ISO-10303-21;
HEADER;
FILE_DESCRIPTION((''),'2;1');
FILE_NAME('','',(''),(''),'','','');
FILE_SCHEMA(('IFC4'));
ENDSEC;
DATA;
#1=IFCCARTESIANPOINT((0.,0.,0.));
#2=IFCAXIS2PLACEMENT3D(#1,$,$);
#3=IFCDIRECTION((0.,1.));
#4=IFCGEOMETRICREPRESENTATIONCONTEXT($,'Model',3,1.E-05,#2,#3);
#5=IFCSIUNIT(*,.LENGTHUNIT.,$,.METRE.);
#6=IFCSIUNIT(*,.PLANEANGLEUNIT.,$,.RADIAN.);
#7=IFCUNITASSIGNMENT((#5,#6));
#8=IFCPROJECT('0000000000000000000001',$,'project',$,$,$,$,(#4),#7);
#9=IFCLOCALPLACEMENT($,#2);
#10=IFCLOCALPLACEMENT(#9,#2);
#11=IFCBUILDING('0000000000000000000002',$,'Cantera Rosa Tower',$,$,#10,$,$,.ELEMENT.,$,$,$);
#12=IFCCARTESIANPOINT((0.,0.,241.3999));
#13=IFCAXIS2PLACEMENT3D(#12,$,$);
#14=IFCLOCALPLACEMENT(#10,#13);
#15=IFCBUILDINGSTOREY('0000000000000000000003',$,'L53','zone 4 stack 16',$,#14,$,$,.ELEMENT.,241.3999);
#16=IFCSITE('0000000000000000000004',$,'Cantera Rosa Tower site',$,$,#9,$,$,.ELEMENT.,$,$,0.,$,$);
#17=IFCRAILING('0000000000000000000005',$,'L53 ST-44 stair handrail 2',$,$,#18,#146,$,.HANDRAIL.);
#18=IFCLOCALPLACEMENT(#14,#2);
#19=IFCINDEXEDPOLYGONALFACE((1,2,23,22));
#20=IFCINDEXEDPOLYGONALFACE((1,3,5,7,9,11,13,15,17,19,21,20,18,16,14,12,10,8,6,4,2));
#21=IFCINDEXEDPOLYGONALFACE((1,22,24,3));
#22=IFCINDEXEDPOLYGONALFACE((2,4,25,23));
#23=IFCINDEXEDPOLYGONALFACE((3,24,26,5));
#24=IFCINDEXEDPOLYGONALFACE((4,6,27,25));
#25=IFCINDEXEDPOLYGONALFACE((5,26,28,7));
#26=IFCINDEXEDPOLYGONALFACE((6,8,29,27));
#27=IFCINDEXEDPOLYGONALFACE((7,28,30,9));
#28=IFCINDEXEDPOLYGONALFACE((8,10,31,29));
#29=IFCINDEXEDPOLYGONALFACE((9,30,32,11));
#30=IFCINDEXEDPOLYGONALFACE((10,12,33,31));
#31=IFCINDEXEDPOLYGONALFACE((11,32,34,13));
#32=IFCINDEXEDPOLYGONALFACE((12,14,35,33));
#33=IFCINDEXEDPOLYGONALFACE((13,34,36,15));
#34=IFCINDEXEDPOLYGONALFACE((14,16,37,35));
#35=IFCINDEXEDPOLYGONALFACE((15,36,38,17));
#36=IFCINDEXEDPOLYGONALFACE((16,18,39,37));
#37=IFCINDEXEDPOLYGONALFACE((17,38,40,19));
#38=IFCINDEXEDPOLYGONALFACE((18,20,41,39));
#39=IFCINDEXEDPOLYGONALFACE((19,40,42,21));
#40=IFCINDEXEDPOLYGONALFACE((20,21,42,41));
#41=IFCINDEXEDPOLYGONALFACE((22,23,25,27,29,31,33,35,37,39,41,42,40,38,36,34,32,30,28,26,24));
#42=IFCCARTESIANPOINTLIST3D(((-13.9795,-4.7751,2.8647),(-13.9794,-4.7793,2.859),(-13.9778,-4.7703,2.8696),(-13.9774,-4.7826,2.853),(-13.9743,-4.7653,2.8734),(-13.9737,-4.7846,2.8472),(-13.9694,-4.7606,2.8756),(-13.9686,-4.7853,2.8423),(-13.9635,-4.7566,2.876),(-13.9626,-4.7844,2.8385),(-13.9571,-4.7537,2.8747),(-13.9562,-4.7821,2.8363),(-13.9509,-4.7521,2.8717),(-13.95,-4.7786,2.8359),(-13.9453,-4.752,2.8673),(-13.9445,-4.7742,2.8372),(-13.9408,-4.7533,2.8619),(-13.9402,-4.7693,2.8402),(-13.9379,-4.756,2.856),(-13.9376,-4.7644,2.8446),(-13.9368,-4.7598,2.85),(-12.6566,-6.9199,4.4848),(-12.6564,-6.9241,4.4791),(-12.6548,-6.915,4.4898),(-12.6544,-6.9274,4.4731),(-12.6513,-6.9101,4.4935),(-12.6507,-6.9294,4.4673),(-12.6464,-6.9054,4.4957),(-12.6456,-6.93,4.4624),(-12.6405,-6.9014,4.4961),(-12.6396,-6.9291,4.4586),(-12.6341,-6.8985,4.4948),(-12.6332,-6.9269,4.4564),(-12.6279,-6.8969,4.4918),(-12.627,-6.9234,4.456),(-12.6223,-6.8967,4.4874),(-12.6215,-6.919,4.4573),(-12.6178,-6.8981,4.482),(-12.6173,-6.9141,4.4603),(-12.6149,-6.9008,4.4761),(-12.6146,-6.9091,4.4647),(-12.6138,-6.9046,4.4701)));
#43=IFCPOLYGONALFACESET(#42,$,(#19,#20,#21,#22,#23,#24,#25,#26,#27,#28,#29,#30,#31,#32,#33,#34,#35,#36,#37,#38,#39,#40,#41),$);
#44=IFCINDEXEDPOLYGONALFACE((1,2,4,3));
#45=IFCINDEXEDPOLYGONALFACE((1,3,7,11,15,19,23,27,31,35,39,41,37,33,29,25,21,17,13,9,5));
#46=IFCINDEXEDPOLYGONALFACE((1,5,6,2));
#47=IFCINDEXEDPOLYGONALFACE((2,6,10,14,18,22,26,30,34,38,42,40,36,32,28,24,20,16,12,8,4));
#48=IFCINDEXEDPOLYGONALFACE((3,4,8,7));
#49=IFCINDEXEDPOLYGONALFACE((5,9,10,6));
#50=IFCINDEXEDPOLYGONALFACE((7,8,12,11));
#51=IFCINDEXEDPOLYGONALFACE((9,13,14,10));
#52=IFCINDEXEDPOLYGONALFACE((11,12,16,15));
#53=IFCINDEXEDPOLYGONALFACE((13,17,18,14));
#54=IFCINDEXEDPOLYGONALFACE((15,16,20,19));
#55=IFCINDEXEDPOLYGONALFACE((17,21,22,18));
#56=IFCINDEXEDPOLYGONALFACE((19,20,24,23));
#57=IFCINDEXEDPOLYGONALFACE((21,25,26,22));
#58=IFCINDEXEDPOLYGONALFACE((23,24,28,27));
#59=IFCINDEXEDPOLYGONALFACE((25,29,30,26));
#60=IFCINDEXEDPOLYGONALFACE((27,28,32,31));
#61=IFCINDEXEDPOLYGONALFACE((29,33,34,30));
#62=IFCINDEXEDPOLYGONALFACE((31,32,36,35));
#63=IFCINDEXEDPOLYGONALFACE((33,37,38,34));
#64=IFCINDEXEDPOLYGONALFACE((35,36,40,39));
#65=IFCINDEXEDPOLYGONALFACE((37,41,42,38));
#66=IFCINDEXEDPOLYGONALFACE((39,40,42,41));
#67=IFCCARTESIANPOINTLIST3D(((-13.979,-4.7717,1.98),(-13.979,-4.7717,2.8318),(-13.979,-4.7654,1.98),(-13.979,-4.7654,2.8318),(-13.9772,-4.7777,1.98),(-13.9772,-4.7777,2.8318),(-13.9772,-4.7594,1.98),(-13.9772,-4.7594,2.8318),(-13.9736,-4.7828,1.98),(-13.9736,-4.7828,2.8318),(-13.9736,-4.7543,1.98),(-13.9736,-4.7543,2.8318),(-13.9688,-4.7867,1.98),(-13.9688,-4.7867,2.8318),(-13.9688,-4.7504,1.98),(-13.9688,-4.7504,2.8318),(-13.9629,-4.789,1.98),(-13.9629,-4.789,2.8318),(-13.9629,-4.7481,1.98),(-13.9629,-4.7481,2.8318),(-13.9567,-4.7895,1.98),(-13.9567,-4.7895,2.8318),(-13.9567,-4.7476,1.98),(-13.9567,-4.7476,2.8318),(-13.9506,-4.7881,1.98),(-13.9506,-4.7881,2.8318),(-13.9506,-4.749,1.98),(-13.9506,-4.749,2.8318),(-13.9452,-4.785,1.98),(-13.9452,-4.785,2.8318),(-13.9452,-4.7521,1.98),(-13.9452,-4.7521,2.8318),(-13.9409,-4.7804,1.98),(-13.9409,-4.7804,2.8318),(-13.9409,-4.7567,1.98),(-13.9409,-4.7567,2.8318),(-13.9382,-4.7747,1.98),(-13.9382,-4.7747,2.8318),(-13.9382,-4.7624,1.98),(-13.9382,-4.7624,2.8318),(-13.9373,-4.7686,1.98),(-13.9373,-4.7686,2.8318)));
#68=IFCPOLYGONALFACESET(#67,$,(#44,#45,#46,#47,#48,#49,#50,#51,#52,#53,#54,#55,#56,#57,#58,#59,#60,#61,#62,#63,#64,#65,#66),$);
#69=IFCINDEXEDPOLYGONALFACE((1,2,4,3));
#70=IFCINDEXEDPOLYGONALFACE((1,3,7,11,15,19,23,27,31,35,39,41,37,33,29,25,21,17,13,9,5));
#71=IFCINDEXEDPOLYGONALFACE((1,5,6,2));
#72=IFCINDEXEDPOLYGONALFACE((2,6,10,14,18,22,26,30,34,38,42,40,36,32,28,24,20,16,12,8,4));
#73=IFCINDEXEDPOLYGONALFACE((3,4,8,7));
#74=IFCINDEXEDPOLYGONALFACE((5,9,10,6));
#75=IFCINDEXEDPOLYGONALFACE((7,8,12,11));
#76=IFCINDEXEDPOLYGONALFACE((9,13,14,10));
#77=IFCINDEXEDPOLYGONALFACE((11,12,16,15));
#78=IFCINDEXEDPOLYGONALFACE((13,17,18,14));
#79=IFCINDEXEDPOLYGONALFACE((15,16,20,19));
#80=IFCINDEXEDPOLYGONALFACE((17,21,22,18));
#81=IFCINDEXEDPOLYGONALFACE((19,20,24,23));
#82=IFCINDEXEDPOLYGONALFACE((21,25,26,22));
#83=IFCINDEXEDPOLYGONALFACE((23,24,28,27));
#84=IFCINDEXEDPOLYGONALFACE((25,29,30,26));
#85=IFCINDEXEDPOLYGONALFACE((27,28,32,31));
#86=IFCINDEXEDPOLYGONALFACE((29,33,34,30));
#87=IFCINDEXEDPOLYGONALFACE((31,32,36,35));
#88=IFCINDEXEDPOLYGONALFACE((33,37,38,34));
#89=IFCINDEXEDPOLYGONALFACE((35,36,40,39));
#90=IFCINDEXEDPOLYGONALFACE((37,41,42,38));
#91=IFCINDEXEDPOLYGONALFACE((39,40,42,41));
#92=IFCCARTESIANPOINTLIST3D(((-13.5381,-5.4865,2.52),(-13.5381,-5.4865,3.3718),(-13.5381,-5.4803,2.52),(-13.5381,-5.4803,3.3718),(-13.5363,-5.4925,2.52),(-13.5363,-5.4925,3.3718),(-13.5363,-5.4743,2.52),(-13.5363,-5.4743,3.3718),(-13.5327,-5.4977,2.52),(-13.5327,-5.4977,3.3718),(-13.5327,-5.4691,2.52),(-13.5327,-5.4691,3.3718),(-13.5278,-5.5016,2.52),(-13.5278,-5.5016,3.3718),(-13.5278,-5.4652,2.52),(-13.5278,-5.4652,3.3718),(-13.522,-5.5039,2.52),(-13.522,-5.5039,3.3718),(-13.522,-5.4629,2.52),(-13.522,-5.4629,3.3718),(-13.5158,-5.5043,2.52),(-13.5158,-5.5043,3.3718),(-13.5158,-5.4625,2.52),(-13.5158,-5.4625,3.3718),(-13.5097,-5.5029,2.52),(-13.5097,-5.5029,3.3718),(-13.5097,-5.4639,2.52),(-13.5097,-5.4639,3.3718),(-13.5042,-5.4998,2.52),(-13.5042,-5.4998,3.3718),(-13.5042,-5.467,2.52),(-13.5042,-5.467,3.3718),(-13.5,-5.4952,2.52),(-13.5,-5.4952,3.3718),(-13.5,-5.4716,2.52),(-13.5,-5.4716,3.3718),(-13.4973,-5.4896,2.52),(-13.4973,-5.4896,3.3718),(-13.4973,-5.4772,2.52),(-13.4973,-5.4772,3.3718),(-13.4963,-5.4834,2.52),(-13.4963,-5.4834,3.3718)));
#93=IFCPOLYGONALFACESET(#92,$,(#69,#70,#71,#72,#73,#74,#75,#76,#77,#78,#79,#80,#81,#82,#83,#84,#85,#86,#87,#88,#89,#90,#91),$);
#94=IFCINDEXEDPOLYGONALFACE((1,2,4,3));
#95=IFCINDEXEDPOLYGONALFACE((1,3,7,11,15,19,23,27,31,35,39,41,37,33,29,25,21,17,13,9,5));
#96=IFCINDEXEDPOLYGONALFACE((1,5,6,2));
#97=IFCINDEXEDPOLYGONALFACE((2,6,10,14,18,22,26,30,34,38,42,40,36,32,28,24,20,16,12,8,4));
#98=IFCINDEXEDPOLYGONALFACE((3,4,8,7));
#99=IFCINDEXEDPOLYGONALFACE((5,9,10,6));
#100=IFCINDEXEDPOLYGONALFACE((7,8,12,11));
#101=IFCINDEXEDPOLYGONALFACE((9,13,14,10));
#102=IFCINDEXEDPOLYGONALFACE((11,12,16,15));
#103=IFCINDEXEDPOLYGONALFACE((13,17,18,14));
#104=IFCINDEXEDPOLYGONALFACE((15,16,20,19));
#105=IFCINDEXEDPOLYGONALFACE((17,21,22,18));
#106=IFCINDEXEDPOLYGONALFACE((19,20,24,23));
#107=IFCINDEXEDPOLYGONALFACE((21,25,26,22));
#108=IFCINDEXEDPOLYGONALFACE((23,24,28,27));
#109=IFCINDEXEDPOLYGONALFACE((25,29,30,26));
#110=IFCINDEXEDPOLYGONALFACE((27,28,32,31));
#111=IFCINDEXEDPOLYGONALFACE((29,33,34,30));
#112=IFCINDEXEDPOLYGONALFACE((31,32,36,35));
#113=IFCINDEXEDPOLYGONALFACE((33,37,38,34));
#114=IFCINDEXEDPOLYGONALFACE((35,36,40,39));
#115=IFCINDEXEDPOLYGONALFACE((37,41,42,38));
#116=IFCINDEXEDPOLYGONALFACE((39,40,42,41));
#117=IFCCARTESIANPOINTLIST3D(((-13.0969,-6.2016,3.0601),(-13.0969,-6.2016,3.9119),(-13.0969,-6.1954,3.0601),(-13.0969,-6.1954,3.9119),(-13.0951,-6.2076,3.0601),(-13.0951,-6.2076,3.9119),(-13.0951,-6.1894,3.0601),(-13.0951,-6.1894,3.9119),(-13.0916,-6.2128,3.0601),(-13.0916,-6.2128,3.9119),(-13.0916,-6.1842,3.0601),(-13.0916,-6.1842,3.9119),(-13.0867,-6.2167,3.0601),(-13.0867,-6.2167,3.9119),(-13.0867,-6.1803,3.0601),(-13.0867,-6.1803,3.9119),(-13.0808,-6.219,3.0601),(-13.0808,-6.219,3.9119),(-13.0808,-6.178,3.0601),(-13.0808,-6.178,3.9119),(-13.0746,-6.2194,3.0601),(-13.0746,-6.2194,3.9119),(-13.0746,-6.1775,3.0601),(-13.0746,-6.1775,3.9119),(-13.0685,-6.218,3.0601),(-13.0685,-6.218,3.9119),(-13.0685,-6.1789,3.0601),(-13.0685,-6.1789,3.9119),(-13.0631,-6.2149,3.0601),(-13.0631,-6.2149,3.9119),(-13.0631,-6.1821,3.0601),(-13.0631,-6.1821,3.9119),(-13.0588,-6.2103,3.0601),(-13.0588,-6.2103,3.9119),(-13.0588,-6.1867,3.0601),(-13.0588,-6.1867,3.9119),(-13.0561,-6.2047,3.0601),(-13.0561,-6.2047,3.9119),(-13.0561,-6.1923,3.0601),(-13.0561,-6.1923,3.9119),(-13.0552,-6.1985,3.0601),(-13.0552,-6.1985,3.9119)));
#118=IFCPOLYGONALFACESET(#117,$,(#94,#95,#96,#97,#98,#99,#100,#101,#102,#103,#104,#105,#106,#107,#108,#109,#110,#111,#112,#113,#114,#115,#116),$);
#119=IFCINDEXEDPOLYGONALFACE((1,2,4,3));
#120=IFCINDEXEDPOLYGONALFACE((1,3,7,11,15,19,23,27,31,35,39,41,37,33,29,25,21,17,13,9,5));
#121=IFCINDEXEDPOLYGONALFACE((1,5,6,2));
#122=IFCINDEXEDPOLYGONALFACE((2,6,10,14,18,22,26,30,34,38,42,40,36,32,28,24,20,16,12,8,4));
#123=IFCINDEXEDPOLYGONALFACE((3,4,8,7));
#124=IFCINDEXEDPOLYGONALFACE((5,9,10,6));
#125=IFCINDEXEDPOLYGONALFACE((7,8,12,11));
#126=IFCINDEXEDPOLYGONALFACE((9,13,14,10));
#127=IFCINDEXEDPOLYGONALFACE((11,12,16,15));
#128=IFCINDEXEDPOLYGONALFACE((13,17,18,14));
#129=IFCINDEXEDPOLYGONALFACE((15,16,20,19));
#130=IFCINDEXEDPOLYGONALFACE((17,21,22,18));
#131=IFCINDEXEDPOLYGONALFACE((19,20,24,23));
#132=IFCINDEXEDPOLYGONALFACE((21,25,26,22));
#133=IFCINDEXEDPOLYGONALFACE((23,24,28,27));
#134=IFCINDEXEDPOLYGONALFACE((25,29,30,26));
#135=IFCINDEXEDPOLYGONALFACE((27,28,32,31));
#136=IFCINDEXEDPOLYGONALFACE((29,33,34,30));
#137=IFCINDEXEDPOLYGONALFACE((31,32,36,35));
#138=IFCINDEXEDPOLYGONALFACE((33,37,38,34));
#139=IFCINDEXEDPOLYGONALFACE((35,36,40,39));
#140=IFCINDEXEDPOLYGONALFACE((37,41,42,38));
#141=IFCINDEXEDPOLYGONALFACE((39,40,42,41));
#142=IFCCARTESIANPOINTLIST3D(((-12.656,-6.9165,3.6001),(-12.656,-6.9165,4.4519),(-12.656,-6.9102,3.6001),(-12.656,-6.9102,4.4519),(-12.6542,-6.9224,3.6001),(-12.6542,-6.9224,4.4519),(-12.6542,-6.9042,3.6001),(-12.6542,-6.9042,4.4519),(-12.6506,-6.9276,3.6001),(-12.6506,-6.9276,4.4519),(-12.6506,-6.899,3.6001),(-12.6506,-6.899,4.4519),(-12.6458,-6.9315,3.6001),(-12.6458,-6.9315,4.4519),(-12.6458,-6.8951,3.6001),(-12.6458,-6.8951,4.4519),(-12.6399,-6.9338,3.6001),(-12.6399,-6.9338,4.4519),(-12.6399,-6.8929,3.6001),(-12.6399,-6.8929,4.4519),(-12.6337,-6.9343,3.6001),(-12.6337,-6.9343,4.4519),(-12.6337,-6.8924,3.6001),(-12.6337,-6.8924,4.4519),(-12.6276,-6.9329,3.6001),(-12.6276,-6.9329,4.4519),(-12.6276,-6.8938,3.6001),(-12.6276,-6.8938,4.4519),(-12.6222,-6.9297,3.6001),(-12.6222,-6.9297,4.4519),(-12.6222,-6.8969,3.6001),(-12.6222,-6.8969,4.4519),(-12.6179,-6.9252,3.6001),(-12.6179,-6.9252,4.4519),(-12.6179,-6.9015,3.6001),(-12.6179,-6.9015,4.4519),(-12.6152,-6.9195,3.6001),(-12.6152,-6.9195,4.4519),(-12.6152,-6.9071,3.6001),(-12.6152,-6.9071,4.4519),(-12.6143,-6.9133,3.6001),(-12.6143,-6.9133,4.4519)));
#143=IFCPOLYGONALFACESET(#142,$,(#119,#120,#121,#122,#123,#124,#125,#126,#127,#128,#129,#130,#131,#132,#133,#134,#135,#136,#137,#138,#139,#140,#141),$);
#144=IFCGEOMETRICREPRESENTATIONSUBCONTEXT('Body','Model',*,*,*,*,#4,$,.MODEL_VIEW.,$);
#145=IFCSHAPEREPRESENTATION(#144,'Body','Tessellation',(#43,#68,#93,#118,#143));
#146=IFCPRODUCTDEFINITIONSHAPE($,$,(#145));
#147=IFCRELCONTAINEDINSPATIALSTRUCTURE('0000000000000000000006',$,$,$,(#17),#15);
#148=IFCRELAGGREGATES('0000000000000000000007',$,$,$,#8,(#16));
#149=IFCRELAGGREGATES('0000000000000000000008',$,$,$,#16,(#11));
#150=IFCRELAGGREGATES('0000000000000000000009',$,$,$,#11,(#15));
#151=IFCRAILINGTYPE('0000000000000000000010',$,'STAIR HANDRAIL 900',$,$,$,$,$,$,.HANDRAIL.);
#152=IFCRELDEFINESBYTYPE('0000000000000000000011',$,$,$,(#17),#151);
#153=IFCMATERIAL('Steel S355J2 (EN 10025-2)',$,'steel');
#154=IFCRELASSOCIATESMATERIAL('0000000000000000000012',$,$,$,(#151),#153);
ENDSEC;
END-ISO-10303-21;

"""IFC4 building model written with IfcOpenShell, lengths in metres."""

from ifc_helpers import new_model, si_unit, direction, frame, origin, origin_2d, place, context, subcontext, project, spatial, circle, extrude, material, type_object, element, save


model = new_model("IFC4")

# Units and contexts
model_context = context("Model", 3, precision=1e-05, world=origin(), true_north=direction((0.0, 1.0)))
body_context = subcontext(model_context, "Body", "Model", "MODEL_VIEW")
ifc_project = project(units=[si_unit("LENGTHUNIT", "METRE"), si_unit("PLANEANGLEUNIT", "RADIAN")], contexts=[model_context])

# Site, building, storey
site_placement = place(None, origin())
site = spatial("IfcSite", under=ifc_project, at=site_placement, Name="Cantera Rosa Tower site", CompositionType="ELEMENT", RefElevation=0.0)
building_placement = place(site_placement, origin())
building = spatial("IfcBuilding", under=site, at=building_placement, Name="Cantera Rosa Tower", CompositionType="ELEMENT")
storey_placement = place(building_placement, frame((0.0, 0.0, 241.3999)))
storey = spatial("IfcBuildingStorey", under=building, at=storey_placement, Name="L53", Description="zone 4 stack 16", CompositionType="ELEMENT", Elevation=241.3999)

# Railing
ifc_material_1 = material(Name="Steel S355J2 (EN 10025-2)", Category="steel")
railing_type_1 = type_object("IfcRailingType", Name="STAIR HANDRAIL 900", PredefinedType="HANDRAIL", material=ifc_material_1)
railing_1_placement = place(storey_placement, frame((-13.9583, -4.7686, 1.98)))
element("IfcRailing", 1, at=railing_1_placement, inside=storey, type_object=railing_type_1, Name="L53 ST-44 stair handrail 2", PredefinedType="HANDRAIL", context=body_context, shape_type="SweptSolid", body=[
    extrude(circle(Radius=0.0239, at=origin_2d()), frame((0.0, 0.0, 0.876), z_axis=(0.441609, -0.715914, 0.540786), x_axis=(0.851102, 0.525, 0.0)), (0.0, 0.0, 1.0), 2.9958),
    extrude(circle(Radius=0.021, at=origin_2d()), origin(), (0.0, 0.0, 1.0), 0.8518),
    extrude(circle(Radius=0.021, at=origin_2d()), frame((0.4409, -0.7148, 0.54)), (0.0, 0.0, 1.0), 0.8518),
    extrude(circle(Radius=0.021, at=origin_2d()), frame((0.8821, -1.4299, 1.0801)), (0.0, 0.0, 1.0), 0.8518),
    extrude(circle(Radius=0.021, at=origin_2d()), frame((1.323, -2.1448, 1.6201)), (0.0, 0.0, 1.0), 0.8518),
])

save(model, "model.ifc")
